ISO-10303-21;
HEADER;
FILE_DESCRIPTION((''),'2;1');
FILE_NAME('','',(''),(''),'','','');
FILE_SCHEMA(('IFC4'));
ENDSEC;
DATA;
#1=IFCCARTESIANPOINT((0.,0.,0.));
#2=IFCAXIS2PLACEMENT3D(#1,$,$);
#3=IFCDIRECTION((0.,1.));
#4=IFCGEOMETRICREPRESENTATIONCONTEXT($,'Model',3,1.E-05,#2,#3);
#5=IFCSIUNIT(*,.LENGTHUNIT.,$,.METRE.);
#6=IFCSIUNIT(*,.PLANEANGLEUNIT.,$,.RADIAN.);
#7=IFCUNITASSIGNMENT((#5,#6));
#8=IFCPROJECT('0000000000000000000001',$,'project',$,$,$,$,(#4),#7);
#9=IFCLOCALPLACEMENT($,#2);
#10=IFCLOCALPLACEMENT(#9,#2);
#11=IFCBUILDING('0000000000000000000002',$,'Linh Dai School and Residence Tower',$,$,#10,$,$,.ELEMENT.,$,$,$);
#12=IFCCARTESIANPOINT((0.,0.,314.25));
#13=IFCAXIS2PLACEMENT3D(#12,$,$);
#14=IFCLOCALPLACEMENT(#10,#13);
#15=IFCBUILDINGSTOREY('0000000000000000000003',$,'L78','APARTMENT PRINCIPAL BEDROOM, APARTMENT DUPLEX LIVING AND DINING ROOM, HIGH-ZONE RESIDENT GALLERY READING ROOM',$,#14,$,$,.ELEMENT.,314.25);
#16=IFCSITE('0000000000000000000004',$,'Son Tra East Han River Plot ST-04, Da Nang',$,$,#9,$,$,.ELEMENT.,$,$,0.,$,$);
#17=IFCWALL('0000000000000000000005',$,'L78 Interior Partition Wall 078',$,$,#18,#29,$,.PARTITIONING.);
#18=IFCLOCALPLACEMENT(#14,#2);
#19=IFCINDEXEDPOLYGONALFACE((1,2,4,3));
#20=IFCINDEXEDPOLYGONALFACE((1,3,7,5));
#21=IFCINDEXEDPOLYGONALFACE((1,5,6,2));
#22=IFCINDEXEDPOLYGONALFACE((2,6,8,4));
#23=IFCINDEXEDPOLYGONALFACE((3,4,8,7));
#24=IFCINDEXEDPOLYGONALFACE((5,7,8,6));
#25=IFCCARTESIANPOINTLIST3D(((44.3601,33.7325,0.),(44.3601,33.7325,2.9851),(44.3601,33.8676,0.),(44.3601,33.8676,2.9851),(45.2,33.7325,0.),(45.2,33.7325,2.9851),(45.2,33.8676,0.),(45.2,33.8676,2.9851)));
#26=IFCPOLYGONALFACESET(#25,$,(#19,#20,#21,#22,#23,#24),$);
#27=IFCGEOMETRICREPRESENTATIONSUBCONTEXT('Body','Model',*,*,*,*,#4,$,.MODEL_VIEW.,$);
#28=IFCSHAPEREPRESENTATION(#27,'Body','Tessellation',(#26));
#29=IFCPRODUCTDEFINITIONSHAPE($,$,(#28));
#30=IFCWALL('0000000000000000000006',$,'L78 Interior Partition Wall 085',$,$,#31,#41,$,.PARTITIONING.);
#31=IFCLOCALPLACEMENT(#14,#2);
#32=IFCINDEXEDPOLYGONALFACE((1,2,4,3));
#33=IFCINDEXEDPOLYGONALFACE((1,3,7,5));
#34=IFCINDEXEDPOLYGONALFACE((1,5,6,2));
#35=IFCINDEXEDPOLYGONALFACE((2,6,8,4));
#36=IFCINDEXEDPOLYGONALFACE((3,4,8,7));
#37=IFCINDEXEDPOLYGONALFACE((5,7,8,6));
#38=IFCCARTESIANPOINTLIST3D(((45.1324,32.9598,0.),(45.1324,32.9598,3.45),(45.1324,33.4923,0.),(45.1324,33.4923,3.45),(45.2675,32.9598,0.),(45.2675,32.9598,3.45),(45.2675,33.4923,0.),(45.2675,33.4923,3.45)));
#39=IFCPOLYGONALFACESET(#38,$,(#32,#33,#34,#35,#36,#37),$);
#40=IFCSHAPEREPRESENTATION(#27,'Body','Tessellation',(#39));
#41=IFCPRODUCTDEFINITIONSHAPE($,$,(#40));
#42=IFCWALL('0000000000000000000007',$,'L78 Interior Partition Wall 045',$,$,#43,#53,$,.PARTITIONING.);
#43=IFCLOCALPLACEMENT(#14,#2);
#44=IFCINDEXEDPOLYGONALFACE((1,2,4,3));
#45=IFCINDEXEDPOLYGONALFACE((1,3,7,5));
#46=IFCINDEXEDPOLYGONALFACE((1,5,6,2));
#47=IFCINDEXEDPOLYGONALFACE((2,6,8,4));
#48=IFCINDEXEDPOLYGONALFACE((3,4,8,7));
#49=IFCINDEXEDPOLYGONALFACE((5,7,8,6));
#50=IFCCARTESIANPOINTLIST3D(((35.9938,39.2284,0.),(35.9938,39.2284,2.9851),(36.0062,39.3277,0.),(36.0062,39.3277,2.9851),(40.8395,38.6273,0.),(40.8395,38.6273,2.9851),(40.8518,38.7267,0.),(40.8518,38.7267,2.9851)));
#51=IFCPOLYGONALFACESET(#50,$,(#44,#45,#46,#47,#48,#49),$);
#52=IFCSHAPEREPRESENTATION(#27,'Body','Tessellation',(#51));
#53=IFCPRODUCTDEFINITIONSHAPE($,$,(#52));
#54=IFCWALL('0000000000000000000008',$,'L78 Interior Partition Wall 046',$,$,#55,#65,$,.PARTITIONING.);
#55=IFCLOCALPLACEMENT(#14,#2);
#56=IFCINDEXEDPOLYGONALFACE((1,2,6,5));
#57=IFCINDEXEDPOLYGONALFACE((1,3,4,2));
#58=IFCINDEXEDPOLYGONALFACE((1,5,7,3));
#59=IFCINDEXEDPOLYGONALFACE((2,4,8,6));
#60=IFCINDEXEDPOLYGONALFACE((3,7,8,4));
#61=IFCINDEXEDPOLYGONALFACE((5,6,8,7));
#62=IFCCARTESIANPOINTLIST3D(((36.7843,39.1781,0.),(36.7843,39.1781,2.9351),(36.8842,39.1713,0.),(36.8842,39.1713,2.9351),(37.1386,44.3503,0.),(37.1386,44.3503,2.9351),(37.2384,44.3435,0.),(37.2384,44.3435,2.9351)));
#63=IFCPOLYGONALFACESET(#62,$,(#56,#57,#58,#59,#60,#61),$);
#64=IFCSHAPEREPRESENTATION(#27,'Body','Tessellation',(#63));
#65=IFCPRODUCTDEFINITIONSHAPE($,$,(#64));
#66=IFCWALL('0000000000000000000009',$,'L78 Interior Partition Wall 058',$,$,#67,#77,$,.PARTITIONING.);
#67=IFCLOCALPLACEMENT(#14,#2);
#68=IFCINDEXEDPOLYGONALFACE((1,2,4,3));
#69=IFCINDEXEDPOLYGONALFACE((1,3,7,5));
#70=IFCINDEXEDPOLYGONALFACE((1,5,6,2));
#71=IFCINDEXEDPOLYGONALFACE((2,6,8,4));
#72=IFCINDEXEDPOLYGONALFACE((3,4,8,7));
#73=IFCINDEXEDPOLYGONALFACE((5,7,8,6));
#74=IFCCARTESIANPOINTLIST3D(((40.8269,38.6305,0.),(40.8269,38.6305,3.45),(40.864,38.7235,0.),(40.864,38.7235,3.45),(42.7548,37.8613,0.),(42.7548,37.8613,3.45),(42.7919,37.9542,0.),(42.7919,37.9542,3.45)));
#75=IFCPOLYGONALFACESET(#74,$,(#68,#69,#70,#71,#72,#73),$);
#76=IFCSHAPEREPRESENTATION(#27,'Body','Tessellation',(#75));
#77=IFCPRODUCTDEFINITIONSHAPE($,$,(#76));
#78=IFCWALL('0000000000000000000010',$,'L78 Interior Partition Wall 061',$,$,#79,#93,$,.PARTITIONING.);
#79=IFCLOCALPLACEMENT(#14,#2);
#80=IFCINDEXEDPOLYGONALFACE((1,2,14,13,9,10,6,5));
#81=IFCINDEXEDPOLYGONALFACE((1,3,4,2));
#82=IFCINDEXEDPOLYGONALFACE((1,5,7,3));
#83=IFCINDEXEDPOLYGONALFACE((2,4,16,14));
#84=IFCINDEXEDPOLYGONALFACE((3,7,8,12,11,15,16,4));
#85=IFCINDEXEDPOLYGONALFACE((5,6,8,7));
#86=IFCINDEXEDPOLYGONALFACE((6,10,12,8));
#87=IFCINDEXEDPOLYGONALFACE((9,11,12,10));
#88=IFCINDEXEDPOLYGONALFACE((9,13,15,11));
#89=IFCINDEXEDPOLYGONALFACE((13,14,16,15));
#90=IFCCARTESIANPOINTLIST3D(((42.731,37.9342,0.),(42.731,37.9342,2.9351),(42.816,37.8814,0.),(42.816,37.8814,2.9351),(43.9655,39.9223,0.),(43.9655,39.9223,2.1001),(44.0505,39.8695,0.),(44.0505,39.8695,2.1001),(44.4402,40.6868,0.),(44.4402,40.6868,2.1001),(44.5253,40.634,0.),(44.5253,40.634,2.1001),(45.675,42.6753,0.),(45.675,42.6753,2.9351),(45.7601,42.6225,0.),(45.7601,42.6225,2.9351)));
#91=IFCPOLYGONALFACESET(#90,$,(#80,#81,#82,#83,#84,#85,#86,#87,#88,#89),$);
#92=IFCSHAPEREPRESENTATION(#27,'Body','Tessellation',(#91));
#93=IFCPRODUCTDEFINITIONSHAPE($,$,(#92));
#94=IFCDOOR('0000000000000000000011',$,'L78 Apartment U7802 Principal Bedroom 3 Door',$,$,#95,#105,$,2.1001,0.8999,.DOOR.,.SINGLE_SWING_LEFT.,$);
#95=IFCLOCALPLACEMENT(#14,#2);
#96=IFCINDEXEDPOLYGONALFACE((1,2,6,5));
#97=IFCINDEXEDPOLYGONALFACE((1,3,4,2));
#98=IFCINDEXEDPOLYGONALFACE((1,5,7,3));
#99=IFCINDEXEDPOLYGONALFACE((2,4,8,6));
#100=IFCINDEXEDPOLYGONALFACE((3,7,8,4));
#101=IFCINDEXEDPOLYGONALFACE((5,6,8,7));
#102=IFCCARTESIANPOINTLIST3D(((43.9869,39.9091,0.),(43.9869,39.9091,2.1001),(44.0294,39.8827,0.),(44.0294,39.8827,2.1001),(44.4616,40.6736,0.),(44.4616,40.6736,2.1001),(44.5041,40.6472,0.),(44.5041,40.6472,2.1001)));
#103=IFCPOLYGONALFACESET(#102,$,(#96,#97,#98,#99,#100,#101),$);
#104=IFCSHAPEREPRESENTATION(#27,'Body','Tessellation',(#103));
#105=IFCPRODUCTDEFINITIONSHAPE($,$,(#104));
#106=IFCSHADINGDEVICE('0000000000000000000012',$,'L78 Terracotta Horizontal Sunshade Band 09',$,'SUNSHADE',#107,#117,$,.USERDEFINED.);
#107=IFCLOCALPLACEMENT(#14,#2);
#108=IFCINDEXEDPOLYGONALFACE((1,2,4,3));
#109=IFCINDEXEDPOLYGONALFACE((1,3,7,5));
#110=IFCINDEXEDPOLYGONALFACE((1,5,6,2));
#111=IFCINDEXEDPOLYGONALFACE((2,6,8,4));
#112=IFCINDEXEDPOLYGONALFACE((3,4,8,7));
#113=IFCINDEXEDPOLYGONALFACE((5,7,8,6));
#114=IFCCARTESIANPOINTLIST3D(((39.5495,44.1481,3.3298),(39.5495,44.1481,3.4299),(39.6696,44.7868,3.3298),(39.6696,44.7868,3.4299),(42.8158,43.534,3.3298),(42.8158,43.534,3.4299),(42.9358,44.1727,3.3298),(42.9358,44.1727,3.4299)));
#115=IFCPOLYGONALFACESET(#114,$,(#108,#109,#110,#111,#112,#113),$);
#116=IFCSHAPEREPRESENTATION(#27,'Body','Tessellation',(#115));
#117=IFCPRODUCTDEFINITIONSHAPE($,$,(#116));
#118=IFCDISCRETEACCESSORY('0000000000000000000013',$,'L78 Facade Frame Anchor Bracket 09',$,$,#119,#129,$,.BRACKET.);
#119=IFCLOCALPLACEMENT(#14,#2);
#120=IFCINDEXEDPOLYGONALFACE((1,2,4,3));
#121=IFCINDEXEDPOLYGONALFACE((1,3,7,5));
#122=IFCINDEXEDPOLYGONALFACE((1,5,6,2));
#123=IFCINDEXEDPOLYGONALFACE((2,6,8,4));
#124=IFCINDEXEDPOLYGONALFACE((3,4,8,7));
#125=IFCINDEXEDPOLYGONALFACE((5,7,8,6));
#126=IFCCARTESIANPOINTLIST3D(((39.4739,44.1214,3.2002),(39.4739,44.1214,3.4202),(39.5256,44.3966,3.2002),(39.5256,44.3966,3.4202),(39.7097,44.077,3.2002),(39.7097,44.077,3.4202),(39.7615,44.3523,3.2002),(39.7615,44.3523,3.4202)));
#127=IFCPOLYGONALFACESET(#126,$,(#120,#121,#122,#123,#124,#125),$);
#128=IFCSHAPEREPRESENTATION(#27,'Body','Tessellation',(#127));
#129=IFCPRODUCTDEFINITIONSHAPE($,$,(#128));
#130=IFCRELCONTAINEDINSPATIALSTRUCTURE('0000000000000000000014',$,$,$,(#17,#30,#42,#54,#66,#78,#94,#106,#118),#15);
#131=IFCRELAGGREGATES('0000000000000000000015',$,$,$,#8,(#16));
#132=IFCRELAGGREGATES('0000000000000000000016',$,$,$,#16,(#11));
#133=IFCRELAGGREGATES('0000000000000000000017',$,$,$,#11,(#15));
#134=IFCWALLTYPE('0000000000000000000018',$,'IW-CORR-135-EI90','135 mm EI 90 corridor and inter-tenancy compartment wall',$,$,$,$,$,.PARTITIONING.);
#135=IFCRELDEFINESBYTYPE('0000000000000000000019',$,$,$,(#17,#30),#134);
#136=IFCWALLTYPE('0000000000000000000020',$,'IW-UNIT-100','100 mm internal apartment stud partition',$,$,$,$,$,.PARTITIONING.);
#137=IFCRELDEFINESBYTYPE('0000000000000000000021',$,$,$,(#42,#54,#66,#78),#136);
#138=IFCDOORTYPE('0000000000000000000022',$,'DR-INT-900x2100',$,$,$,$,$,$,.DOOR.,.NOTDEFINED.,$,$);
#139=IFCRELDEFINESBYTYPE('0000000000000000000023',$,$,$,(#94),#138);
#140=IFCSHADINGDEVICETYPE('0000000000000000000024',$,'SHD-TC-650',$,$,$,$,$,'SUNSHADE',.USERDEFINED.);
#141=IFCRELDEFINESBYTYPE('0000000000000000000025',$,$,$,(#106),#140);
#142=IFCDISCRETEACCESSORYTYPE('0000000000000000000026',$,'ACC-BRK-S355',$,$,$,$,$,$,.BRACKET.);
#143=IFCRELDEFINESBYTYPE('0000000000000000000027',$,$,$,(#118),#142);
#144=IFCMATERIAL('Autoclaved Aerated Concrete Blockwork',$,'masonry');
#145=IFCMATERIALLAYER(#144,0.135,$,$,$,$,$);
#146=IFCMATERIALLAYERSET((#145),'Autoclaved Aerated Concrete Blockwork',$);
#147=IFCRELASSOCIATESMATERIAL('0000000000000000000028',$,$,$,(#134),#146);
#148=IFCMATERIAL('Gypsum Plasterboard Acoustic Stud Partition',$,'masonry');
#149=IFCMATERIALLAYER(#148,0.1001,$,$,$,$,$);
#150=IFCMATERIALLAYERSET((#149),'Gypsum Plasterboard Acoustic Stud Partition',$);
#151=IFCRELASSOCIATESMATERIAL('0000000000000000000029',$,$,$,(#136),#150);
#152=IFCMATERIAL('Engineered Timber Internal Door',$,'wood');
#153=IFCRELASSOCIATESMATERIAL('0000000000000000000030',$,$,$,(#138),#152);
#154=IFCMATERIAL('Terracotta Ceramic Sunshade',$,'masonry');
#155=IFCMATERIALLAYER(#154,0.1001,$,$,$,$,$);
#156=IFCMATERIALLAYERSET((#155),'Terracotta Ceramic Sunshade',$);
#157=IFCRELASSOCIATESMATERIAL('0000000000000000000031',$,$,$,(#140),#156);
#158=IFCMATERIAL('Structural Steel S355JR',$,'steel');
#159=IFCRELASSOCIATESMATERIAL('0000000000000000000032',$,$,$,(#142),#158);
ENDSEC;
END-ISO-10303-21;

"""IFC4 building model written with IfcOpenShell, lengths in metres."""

from ifc_helpers import new_model, si_unit, direction, frame, frame_2d, origin, origin_2d, place, context, subcontext, project, spatial, rectangle, extrude, source, transform, mapped, material, layer, layer_set, type_object, element, fill, save


model = new_model("IFC4")

# Units and contexts
model_context = context("Model", 3, precision=1e-05, world=origin(), true_north=direction((0.0, 1.0)))
body_context = subcontext(model_context, "Body", "Model", "MODEL_VIEW")
ifc_project = project(units=[si_unit("LENGTHUNIT", "METRE"), si_unit("PLANEANGLEUNIT", "RADIAN")], contexts=[model_context])

# Site, building, storey
site_placement = place(None, origin())
site = spatial("IfcSite", under=ifc_project, at=site_placement, Name="Son Tra East Han River Plot ST-04, Da Nang", CompositionType="ELEMENT", RefElevation=0.0)
building_placement = place(site_placement, origin())
building = spatial("IfcBuilding", under=site, at=building_placement, Name="Linh Dai School and Residence Tower", CompositionType="ELEMENT")
storey_placement = place(building_placement, frame((0.0, 0.0, 314.25)))
storey = spatial("IfcBuildingStorey", under=building, at=storey_placement, Name="L78", Description="APARTMENT PRINCIPAL BEDROOM, APARTMENT DUPLEX LIVING AND DINING ROOM, HIGH-ZONE RESIDENT GALLERY READING ROOM", CompositionType="ELEMENT", Elevation=314.25)

# Shared definitions
ifc_material_1 = material(Name="Structural Steel S355JR", Category="steel")

# Walls
ifc_material_2 = material(Name="Autoclaved Aerated Concrete Blockwork", Category="masonry")
ifc_layer_1 = layer(ifc_material_2, 0.135)
ifc_layer_set_1 = layer_set([ifc_layer_1], Name="Autoclaved Aerated Concrete Blockwork")
wall_type_1 = type_object("IfcWallType", Name="IW-CORR-135-EI90", Description="135 mm EI 90 corridor and inter-tenancy compartment wall", PredefinedType="PARTITIONING", material=ifc_layer_set_1)
wall_1_placement = place(storey_placement, frame((45.2, 33.8, 0.0), z_axis=(0.0, 0.0, 1.0), x_axis=(-1.0, 0.0, 0.0)))
element("IfcWall", 1, at=wall_1_placement, inside=storey, type_object=wall_type_1, Name="L78 Interior Partition Wall 078", PredefinedType="PARTITIONING", context=body_context, shape_type="SweptSolid", body=[
    extrude(rectangle(XDim=0.8398, YDim=0.135, at=frame_2d((0.4199, 0.0))), origin(), (0.0, 0.0, 1.0), 2.9851),
])
wall_2_placement = place(storey_placement, frame((45.2, 32.96, 0.0), z_axis=(0.0, 0.0, 1.0), x_axis=(0.0, 1.0, 0.0)))
element("IfcWall", 2, at=wall_2_placement, inside=storey, type_object=wall_type_1, Name="L78 Interior Partition Wall 085", PredefinedType="PARTITIONING", context=body_context, shape_type="SweptSolid", body=[
    extrude(rectangle(XDim=0.5325, YDim=0.135, at=frame_2d((0.2661, 0.0))), origin(), (0.0, 0.0, 1.0), 3.45),
])
ifc_material_3 = material(Name="Gypsum Plasterboard Acoustic Stud Partition", Category="masonry")
ifc_layer_2 = layer(ifc_material_3, 0.1001)
ifc_layer_set_2 = layer_set([ifc_layer_2], Name="Gypsum Plasterboard Acoustic Stud Partition")
wall_type_2 = type_object("IfcWallType", Name="IW-UNIT-100", Description="100 mm internal apartment stud partition", PredefinedType="PARTITIONING", material=ifc_layer_set_2)
wall_3_placement = place(storey_placement, frame((36.0, 39.2781, 0.0), z_axis=(0.0, 0.0, 1.0), x_axis=(0.992394, -0.123099, 0.0)))
element("IfcWall", 3, at=wall_3_placement, inside=storey, type_object=wall_type_2, Name="L78 Interior Partition Wall 045", PredefinedType="PARTITIONING", context=body_context, shape_type="SweptSolid", body=[
    extrude(rectangle(XDim=4.8828, YDim=0.1001, at=frame_2d((2.4414, 0.0))), origin(), (0.0, 0.0, 1.0), 2.9851),
])
wall_4_placement = place(storey_placement, frame((36.8342, 39.1746, 0.0), z_axis=(0.0, 0.0, 1.0), x_axis=(0.068332, 0.997663, 0.0)))
element("IfcWall", 4, at=wall_4_placement, inside=storey, type_object=wall_type_2, Name="L78 Interior Partition Wall 046", PredefinedType="PARTITIONING", context=body_context, shape_type="SweptSolid", body=[
    extrude(rectangle(XDim=5.1843, YDim=0.1001, at=frame_2d((2.5923, 0.0))), origin(), (0.0, 0.0, 1.0), 2.9351),
])
wall_5_placement = place(storey_placement, frame((40.8455, 38.677, 0.0), z_axis=(0.0, 0.0, 1.0), x_axis=(0.928793, -0.3706, 0.0)))
element("IfcWall", 5, at=wall_5_placement, inside=storey, type_object=wall_type_2, Name="L78 Interior Partition Wall 058", PredefinedType="PARTITIONING", context=body_context, shape_type="SweptSolid", body=[
    extrude(rectangle(XDim=2.0757, YDim=0.1001, at=frame_2d((1.0378, 0.0))), origin(), (0.0, 0.0, 1.0), 3.45),
])

# Wall, opening, door
wall_6_placement = place(storey_placement, frame((42.7734, 37.9077, 0.0), z_axis=(0.0, 0.0, 1.0), x_axis=(0.527527, 0.849538, 0.0)))
wall_6 = element("IfcWall", 6, at=wall_6_placement, inside=storey, type_object=wall_type_2, Name="L78 Interior Partition Wall 061", PredefinedType="PARTITIONING", context=body_context, shape_type="SweptSolid", body=[
    extrude(rectangle(XDim=5.5808, YDim=0.1001, at=frame_2d((2.7905, 0.0))), origin(), (0.0, 0.0, 1.0), 2.9351),
])
opening_1_placement = place(wall_6_placement, frame((2.3403, 0.0, 0.0)))
opening_1 = element("IfcOpeningElement", 7, at=opening_1_placement, cuts=wall_6, PredefinedType="OPENING", context=body_context, shape_type="SweptSolid", body=[
    extrude(rectangle(XDim=0.8999, YDim=2.1001, at=origin_2d()), frame((0.45, 0.0601, 1.05), z_axis=(0.0, -1.0, 0.0), x_axis=(1.0, 0.0, 0.0)), (0.0, 0.0, 1.0), 0.1201),
])
ifc_material_4 = material(Name="Engineered Timber Internal Door", Category="wood")
door_type = type_object("IfcDoorType", Name="DR-INT-900x2100", OperationType="NOTDEFINED", PredefinedType="DOOR", material=ifc_material_4)
shared_shape_1 = source(origin(), body_context, "Body", "SweptSolid", [
    extrude(rectangle(XDim=0.8999, YDim=2.1001, at=origin_2d()), frame((0.45, 0.0249, 1.05), z_axis=(0.0, -1.0, 0.0), x_axis=(1.0, 0.0, 0.0)), (0.0, 0.0, 1.0), 0.05),
])
door_placement = place(opening_1_placement, origin())
door = element("IfcDoor", 8, at=door_placement, inside=storey, type_object=door_type, Name="L78 Apartment U7802 Principal Bedroom 3 Door", OperationType="SINGLE_SWING_LEFT", OverallHeight=2.1001, OverallWidth=0.8999, PredefinedType="DOOR", context=body_context, shape_type="MappedRepresentation", body=[
    mapped(shared_shape_1, transform((0.0, 0.0, 0.0), x_axis=(1.0, 0.0, 0.0), y_axis=(0.0, 1.0, 0.0), z_axis=(0.0, 0.0, 1.0), scale=1.0)),
])
fill(opening_1, door)

# Shading device
ifc_material_5 = material(Name="Terracotta Ceramic Sunshade", Category="masonry")
ifc_layer_3 = layer(ifc_material_5, 0.1001)
ifc_layer_set_3 = layer_set([ifc_layer_3], Name="Terracotta Ceramic Sunshade")
shading_device_type = type_object("IfcShadingDeviceType", Name="SHD-TC-650", ElementType="SUNSHADE", PredefinedType="USERDEFINED", material=ifc_layer_set_3)
shared_shape_2 = source(origin(), body_context, "Body", "SweptSolid", [
    extrude(rectangle(XDim=3.3235, YDim=0.6499, at=origin_2d()), origin(), (0.0, 0.0, 1.0), 0.1001),
])
shading_device_placement = place(storey_placement, frame((41.2427, 44.1604, 3.3298), z_axis=(0.0, 0.0, 1.0), x_axis=(0.982785, -0.184751, 0.0)))
element("IfcShadingDevice", 9, at=shading_device_placement, inside=storey, type_object=shading_device_type, Name="L78 Terracotta Horizontal Sunshade Band 09", ObjectType="SUNSHADE", PredefinedType="USERDEFINED", context=body_context, shape_type="MappedRepresentation", body=[
    mapped(shared_shape_2, transform((0.0, 0.0, 0.0), x_axis=(1.0, 0.0, 0.0), y_axis=(0.0, 1.0, 0.0), z_axis=(0.0, 0.0, 1.0), scale=1.0)),
])

# Discrete accessory
discrete_accessory_type = type_object("IfcDiscreteAccessoryType", Name="ACC-BRK-S355", PredefinedType="BRACKET", material=ifc_material_1)
shared_shape_3 = source(origin(), body_context, "Body", "SweptSolid", [
    extrude(rectangle(XDim=0.28, YDim=0.24, at=origin_2d()), origin(), (0.0, 0.0, 1.0), 0.22),
])
discrete_accessory_placement = place(storey_placement, frame((39.6177, 44.2368, 3.2002), z_axis=(0.0, 0.0, 1.0), x_axis=(0.184751, 0.982785, 0.0)))
element("IfcDiscreteAccessory", 10, at=discrete_accessory_placement, inside=storey, type_object=discrete_accessory_type, Name="L78 Facade Frame Anchor Bracket 09", PredefinedType="BRACKET", context=body_context, shape_type="MappedRepresentation", body=[
    mapped(shared_shape_3, transform((0.0, 0.0, 0.0), x_axis=(1.0, 0.0, 0.0), y_axis=(0.0, 1.0, 0.0), z_axis=(0.0, 0.0, 1.0), scale=1.0)),
])

save(model, "model.ifc")
